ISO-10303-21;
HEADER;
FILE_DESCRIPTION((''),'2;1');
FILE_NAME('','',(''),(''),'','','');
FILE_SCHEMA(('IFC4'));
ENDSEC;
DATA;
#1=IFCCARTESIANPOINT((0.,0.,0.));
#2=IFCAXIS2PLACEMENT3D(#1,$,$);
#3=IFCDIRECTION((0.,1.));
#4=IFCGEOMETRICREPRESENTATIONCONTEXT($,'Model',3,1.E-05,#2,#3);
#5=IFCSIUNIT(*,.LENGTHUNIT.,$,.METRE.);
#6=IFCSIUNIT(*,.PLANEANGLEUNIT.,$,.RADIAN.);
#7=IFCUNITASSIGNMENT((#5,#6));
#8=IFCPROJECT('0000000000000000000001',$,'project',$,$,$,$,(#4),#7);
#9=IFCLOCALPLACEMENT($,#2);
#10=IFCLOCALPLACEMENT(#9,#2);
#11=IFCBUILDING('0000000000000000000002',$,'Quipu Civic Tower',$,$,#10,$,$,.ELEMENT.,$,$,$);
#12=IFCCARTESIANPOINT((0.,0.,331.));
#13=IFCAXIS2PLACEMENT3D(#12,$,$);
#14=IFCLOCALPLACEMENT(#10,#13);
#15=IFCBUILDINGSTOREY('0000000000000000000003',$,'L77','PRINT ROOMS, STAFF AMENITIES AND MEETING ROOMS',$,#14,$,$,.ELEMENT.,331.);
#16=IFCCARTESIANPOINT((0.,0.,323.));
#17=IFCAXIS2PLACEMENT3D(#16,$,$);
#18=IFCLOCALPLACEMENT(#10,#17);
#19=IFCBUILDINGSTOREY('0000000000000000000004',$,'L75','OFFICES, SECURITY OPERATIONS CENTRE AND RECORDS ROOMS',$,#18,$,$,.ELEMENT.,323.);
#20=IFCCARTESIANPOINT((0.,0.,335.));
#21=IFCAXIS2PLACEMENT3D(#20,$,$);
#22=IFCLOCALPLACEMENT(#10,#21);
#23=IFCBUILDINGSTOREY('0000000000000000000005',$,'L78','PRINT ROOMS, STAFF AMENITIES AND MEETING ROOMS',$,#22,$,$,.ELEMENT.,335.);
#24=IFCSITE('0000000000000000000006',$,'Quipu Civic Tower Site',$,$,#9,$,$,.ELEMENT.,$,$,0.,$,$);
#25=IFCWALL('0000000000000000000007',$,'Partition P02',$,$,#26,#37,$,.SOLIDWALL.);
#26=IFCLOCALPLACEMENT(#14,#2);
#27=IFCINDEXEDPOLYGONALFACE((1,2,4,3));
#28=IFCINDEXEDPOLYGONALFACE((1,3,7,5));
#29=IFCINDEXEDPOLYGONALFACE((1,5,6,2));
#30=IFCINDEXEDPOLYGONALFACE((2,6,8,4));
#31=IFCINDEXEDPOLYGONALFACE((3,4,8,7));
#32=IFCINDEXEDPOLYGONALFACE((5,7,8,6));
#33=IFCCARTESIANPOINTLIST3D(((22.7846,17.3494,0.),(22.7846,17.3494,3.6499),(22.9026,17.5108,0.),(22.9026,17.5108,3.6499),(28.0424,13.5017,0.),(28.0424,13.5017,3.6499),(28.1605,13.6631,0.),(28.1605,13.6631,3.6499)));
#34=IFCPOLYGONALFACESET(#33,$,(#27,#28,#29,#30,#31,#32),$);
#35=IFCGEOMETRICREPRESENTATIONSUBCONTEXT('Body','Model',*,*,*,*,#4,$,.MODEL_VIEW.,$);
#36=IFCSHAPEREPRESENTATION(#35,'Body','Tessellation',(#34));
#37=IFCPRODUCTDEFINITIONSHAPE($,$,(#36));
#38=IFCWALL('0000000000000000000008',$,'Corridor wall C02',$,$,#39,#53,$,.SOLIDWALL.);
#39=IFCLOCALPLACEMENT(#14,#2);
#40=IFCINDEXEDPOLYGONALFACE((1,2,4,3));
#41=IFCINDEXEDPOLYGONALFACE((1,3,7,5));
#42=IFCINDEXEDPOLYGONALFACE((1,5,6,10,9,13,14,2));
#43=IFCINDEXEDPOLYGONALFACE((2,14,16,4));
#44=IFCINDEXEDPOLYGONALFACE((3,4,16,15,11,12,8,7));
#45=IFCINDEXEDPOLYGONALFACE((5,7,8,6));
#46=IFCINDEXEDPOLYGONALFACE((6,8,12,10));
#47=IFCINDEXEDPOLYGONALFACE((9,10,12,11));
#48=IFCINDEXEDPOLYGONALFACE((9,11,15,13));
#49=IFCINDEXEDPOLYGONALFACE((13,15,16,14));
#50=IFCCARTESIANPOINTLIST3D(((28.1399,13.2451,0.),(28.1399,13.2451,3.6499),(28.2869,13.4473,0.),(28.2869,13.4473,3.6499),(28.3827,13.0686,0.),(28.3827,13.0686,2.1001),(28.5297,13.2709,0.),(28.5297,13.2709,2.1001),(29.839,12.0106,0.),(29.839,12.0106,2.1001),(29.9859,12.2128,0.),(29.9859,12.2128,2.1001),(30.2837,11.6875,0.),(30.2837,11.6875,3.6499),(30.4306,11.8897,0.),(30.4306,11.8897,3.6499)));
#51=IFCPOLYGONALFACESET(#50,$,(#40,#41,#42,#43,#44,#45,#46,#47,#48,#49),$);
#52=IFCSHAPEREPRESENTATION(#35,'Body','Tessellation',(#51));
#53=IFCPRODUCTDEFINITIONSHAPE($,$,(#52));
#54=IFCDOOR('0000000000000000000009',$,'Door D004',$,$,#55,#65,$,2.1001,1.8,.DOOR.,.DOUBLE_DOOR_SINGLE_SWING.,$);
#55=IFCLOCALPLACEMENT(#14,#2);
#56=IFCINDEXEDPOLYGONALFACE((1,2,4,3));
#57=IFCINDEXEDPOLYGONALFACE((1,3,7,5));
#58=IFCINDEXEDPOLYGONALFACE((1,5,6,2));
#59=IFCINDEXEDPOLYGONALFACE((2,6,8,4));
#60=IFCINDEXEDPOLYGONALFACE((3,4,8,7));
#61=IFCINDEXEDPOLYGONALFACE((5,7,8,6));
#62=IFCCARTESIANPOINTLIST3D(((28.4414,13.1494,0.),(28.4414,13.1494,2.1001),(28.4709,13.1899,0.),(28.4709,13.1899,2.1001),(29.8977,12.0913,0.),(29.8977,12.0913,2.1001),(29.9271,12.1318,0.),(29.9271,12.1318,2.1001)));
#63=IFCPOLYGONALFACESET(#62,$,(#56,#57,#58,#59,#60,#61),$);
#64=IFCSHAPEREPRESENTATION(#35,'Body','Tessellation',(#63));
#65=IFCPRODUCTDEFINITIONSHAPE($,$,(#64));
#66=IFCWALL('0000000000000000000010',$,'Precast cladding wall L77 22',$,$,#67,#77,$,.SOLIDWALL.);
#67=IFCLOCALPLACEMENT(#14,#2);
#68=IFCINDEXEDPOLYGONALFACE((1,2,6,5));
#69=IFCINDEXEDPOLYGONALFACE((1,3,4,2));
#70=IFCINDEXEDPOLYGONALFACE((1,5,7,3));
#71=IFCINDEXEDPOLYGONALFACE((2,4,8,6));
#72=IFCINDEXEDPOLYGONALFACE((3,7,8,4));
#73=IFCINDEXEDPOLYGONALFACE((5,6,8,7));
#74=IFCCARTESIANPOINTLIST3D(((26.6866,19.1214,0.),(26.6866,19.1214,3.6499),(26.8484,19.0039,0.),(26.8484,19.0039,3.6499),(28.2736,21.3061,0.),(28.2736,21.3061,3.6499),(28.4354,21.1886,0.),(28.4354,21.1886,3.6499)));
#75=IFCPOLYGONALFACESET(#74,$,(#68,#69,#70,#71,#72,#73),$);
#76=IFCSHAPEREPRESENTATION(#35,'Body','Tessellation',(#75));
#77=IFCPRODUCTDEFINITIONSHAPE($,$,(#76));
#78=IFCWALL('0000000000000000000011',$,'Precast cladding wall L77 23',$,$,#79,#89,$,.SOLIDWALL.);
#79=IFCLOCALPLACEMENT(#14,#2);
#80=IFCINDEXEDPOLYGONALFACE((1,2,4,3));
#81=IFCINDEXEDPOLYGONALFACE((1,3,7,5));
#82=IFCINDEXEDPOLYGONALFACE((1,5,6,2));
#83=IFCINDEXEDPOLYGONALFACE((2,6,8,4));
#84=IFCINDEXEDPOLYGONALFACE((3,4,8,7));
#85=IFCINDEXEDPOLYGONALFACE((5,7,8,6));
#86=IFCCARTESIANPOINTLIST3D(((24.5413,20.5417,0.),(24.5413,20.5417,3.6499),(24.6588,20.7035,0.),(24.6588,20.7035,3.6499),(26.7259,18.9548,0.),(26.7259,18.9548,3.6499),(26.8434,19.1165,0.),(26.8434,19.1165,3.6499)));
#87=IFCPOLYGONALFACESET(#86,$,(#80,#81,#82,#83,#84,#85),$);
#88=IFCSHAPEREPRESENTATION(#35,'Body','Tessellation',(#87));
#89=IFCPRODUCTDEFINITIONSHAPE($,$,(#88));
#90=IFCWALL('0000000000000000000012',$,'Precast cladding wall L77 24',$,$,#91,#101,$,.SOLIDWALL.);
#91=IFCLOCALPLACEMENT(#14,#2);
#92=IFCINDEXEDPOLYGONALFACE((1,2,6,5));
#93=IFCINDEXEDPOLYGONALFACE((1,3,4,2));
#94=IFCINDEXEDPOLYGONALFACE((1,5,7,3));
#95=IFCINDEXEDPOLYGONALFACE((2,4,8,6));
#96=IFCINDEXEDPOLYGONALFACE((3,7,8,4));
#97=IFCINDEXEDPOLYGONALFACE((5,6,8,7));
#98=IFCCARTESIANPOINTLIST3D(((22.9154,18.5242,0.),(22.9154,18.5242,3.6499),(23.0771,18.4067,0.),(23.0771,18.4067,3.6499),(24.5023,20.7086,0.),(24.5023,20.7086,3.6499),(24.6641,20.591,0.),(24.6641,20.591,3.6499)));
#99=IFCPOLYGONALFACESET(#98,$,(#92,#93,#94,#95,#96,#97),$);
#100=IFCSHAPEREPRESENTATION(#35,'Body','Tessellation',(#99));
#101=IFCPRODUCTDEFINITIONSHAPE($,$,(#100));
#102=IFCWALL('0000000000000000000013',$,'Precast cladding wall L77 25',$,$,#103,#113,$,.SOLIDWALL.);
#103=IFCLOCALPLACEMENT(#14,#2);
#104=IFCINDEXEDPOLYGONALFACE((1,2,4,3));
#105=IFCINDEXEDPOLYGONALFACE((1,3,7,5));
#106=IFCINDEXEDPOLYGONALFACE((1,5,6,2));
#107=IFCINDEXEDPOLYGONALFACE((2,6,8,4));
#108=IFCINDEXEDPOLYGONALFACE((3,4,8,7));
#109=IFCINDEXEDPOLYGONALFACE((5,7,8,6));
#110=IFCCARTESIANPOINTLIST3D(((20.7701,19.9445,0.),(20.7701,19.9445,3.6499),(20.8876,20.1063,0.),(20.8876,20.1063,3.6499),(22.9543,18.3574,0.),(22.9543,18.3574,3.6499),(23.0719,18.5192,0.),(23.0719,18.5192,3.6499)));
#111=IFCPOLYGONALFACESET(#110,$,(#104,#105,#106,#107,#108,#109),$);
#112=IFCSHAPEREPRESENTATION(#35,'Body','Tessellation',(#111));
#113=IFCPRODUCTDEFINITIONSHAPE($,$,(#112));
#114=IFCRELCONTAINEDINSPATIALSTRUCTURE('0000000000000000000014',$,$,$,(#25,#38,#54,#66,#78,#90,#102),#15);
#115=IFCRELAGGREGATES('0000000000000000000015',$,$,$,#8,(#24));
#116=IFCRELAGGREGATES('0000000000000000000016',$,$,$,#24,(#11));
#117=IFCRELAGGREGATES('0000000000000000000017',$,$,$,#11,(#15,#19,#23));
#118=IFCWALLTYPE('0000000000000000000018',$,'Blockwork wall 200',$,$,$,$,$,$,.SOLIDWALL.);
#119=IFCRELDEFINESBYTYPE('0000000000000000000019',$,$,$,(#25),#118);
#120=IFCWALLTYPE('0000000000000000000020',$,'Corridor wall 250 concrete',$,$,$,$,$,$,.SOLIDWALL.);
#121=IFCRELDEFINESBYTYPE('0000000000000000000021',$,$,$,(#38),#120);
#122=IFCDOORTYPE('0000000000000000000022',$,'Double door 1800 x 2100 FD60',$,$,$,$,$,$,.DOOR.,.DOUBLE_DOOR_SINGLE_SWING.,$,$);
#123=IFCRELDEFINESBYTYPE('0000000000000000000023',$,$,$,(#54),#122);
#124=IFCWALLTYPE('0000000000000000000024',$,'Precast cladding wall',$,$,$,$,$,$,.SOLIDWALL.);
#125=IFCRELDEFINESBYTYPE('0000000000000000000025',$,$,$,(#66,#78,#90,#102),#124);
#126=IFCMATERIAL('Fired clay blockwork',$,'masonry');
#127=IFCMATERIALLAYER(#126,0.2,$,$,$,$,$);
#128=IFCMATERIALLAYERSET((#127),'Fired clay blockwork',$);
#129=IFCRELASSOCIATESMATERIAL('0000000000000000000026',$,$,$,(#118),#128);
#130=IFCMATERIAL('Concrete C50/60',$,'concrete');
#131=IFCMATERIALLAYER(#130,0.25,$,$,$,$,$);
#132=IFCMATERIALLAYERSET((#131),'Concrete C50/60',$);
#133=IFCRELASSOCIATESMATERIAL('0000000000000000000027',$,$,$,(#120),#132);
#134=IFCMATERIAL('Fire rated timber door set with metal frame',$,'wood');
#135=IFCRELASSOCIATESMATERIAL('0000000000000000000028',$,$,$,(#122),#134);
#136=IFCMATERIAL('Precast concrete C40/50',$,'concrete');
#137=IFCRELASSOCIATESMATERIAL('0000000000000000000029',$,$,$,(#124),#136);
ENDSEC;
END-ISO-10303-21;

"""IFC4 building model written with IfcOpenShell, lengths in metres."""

from ifc_helpers import new_model, si_unit, direction, frame, frame_2d, origin, place, context, subcontext, project, spatial, rectangle, extrude, material, layer, layer_set, type_object, element, fill, save


model = new_model("IFC4")

# Units and contexts
model_context = context("Model", 3, precision=1e-05, world=origin(), true_north=direction((0.0, 1.0)))
body_context = subcontext(model_context, "Body", "Model", "MODEL_VIEW")
ifc_project = project(units=[si_unit("LENGTHUNIT", "METRE"), si_unit("PLANEANGLEUNIT", "RADIAN")], contexts=[model_context])

# Site, building, storey
site_placement = place(None, origin())
site = spatial("IfcSite", under=ifc_project, at=site_placement, Name="Quipu Civic Tower Site", CompositionType="ELEMENT", RefElevation=0.0)
building_placement = place(site_placement, origin())
building = spatial("IfcBuilding", under=site, at=building_placement, Name="Quipu Civic Tower", CompositionType="ELEMENT")
storey_1_placement = place(building_placement, frame((0.0, 0.0, 331.0)))
storey_1 = spatial("IfcBuildingStorey", under=building, at=storey_1_placement, Name="L77", Description="PRINT ROOMS, STAFF AMENITIES AND MEETING ROOMS", CompositionType="ELEMENT", Elevation=331.0)

# Shared definitions
storey_2_placement = place(building_placement, frame((0.0, 0.0, 323.0)))
storey_2 = spatial("IfcBuildingStorey", under=building, at=storey_2_placement, Name="L75", Description="OFFICES, SECURITY OPERATIONS CENTRE AND RECORDS ROOMS", CompositionType="ELEMENT", Elevation=323.0)

# Shared definitions
storey_3_placement = place(building_placement, frame((0.0, 0.0, 335.0)))
storey_3 = spatial("IfcBuildingStorey", under=building, at=storey_3_placement, Name="L78", Description="PRINT ROOMS, STAFF AMENITIES AND MEETING ROOMS", CompositionType="ELEMENT", Elevation=335.0)

# Wall
ifc_material_1 = material(Name="Fired clay blockwork", Category="masonry")
ifc_layer_1 = layer(ifc_material_1, 0.2)
ifc_layer_set_1 = layer_set([ifc_layer_1], Name="Fired clay blockwork")
wall_type_1 = type_object("IfcWallType", Name="Blockwork wall 200", PredefinedType="SOLIDWALL", material=ifc_layer_set_1)
wall_1_placement = place(storey_1_placement, frame((22.8435, 17.4302, 0.0), z_axis=(0.0, 0.0, 1.0), x_axis=(0.806995, -0.590558, 0.0)))
element("IfcWall", 1, at=wall_1_placement, inside=storey_1, type_object=wall_type_1, Name="Partition P02", PredefinedType="SOLIDWALL", context=body_context, shape_type="SweptSolid", body=[
    extrude(rectangle(XDim=6.5154, YDim=0.2, at=frame_2d((3.2578, 0.0))), origin(), (0.0, 0.0, 1.0), 3.6499),
])

# Wall, opening, door
ifc_material_2 = material(Name="Concrete C50/60", Category="concrete")
ifc_layer_2 = layer(ifc_material_2, 0.25)
ifc_layer_set_2 = layer_set([ifc_layer_2], Name="Concrete C50/60")
wall_type_2 = type_object("IfcWallType", Name="Corridor wall 250 concrete", PredefinedType="SOLIDWALL", material=ifc_layer_set_2)
wall_2_placement = place(storey_1_placement, frame((28.2134, 13.3462, 0.0), z_axis=(0.0, 0.0, 1.0), x_axis=(0.809007, -0.587799, 0.0)))
wall_2 = element("IfcWall", 2, at=wall_2_placement, inside=storey_1, type_object=wall_type_2, Name="Corridor wall C02", PredefinedType="SOLIDWALL", context=body_context, shape_type="SweptSolid", body=[
    extrude(rectangle(XDim=2.6499, YDim=0.25, at=frame_2d((1.325, 0.0))), origin(), (0.0, 0.0, 1.0), 3.6499),
])
opening_placement = place(wall_2_placement, frame((0.3003, 0.0, 0.0)))
opening = element("IfcOpeningElement", 3, at=opening_placement, cuts=wall_2, PredefinedType="OPENING", context=body_context, shape_type="SweptSolid", body=[
    extrude(rectangle(XDim=1.8, YDim=2.1001, at=frame_2d((0.8999, 1.05))), frame((0.0, 0.135, 0.0), z_axis=(0.0, -1.0, 0.0), x_axis=(1.0, 0.0, 0.0)), (0.0, 0.0, 1.0), 0.27),
])
ifc_material_3 = material(Name="Fire rated timber door set with metal frame", Category="wood")
door_type = type_object("IfcDoorType", Name="Double door 1800 x 2100 FD60", OperationType="DOUBLE_DOOR_SINGLE_SWING", PredefinedType="DOOR", material=ifc_material_3)
door_placement = place(opening_placement, origin())
door = element("IfcDoor", 4, at=door_placement, inside=storey_1, type_object=door_type, Name="Door D004", OperationType="DOUBLE_DOOR_SINGLE_SWING", OverallHeight=2.1001, OverallWidth=1.8, PredefinedType="DOOR", context=body_context, shape_type="SweptSolid", body=[
    extrude(rectangle(XDim=1.8, YDim=2.1001, at=frame_2d((0.8999, 1.05))), frame((0.0, 0.0249, 0.0), z_axis=(0.0, -1.0, 0.0), x_axis=(1.0, 0.0, 0.0)), (0.0, 0.0, 1.0), 0.05),
])
fill(opening, door)

# Walls
ifc_material_4 = material(Name="Precast concrete C40/50", Category="concrete")
wall_type_3 = type_object("IfcWallType", Name="Precast cladding wall", PredefinedType="SOLIDWALL", material=ifc_material_4)
for number, where, z_axis, x_axis, name in (
    (5, (28.3545, 21.2473, 0.0), (0.0, 0.0, 1.0), (-0.58772, -0.809064, 0.0), "Precast cladding wall L77 22"),
    (6, (26.7847, 19.0356, 0.0), (0.0, 0.0, 1.0), (-0.809064, 0.58772, 0.0), "Precast cladding wall L77 23"),
):
    element("IfcWall", number, at=place(storey_1_placement, frame(where, z_axis=z_axis, x_axis=x_axis)), inside=storey_1, type_object=wall_type_3, Name=name, PredefinedType="SOLIDWALL", context=body_context, shape_type="SweptSolid", body=[
        extrude(rectangle(XDim=2.7002, YDim=0.2, at=frame_2d((1.3501, 0.0))), origin(), (0.0, 0.0, 1.0), 3.6499),
    ])
for number, where, z_axis, x_axis, name in (
    (7, (24.5833, 20.6499, 0.0), (0.0, 0.0, 1.0), (-0.587763, -0.809033, 0.0), "Precast cladding wall L77 24"),
    (8, (23.0132, 18.4382, 0.0), (0.0, 0.0, 1.0), (-0.80899, 0.587822, 0.0), "Precast cladding wall L77 25"),
):
    element("IfcWall", number, at=place(storey_1_placement, frame(where, z_axis=z_axis, x_axis=x_axis)), inside=storey_1, type_object=wall_type_3, Name=name, PredefinedType="SOLIDWALL", context=body_context, shape_type="SweptSolid", body=[
        extrude(rectangle(XDim=2.7, YDim=0.2, at=frame_2d((1.3501, 0.0))), origin(), (0.0, 0.0, 1.0), 3.6499),
    ])

save(model, "model.ifc")
